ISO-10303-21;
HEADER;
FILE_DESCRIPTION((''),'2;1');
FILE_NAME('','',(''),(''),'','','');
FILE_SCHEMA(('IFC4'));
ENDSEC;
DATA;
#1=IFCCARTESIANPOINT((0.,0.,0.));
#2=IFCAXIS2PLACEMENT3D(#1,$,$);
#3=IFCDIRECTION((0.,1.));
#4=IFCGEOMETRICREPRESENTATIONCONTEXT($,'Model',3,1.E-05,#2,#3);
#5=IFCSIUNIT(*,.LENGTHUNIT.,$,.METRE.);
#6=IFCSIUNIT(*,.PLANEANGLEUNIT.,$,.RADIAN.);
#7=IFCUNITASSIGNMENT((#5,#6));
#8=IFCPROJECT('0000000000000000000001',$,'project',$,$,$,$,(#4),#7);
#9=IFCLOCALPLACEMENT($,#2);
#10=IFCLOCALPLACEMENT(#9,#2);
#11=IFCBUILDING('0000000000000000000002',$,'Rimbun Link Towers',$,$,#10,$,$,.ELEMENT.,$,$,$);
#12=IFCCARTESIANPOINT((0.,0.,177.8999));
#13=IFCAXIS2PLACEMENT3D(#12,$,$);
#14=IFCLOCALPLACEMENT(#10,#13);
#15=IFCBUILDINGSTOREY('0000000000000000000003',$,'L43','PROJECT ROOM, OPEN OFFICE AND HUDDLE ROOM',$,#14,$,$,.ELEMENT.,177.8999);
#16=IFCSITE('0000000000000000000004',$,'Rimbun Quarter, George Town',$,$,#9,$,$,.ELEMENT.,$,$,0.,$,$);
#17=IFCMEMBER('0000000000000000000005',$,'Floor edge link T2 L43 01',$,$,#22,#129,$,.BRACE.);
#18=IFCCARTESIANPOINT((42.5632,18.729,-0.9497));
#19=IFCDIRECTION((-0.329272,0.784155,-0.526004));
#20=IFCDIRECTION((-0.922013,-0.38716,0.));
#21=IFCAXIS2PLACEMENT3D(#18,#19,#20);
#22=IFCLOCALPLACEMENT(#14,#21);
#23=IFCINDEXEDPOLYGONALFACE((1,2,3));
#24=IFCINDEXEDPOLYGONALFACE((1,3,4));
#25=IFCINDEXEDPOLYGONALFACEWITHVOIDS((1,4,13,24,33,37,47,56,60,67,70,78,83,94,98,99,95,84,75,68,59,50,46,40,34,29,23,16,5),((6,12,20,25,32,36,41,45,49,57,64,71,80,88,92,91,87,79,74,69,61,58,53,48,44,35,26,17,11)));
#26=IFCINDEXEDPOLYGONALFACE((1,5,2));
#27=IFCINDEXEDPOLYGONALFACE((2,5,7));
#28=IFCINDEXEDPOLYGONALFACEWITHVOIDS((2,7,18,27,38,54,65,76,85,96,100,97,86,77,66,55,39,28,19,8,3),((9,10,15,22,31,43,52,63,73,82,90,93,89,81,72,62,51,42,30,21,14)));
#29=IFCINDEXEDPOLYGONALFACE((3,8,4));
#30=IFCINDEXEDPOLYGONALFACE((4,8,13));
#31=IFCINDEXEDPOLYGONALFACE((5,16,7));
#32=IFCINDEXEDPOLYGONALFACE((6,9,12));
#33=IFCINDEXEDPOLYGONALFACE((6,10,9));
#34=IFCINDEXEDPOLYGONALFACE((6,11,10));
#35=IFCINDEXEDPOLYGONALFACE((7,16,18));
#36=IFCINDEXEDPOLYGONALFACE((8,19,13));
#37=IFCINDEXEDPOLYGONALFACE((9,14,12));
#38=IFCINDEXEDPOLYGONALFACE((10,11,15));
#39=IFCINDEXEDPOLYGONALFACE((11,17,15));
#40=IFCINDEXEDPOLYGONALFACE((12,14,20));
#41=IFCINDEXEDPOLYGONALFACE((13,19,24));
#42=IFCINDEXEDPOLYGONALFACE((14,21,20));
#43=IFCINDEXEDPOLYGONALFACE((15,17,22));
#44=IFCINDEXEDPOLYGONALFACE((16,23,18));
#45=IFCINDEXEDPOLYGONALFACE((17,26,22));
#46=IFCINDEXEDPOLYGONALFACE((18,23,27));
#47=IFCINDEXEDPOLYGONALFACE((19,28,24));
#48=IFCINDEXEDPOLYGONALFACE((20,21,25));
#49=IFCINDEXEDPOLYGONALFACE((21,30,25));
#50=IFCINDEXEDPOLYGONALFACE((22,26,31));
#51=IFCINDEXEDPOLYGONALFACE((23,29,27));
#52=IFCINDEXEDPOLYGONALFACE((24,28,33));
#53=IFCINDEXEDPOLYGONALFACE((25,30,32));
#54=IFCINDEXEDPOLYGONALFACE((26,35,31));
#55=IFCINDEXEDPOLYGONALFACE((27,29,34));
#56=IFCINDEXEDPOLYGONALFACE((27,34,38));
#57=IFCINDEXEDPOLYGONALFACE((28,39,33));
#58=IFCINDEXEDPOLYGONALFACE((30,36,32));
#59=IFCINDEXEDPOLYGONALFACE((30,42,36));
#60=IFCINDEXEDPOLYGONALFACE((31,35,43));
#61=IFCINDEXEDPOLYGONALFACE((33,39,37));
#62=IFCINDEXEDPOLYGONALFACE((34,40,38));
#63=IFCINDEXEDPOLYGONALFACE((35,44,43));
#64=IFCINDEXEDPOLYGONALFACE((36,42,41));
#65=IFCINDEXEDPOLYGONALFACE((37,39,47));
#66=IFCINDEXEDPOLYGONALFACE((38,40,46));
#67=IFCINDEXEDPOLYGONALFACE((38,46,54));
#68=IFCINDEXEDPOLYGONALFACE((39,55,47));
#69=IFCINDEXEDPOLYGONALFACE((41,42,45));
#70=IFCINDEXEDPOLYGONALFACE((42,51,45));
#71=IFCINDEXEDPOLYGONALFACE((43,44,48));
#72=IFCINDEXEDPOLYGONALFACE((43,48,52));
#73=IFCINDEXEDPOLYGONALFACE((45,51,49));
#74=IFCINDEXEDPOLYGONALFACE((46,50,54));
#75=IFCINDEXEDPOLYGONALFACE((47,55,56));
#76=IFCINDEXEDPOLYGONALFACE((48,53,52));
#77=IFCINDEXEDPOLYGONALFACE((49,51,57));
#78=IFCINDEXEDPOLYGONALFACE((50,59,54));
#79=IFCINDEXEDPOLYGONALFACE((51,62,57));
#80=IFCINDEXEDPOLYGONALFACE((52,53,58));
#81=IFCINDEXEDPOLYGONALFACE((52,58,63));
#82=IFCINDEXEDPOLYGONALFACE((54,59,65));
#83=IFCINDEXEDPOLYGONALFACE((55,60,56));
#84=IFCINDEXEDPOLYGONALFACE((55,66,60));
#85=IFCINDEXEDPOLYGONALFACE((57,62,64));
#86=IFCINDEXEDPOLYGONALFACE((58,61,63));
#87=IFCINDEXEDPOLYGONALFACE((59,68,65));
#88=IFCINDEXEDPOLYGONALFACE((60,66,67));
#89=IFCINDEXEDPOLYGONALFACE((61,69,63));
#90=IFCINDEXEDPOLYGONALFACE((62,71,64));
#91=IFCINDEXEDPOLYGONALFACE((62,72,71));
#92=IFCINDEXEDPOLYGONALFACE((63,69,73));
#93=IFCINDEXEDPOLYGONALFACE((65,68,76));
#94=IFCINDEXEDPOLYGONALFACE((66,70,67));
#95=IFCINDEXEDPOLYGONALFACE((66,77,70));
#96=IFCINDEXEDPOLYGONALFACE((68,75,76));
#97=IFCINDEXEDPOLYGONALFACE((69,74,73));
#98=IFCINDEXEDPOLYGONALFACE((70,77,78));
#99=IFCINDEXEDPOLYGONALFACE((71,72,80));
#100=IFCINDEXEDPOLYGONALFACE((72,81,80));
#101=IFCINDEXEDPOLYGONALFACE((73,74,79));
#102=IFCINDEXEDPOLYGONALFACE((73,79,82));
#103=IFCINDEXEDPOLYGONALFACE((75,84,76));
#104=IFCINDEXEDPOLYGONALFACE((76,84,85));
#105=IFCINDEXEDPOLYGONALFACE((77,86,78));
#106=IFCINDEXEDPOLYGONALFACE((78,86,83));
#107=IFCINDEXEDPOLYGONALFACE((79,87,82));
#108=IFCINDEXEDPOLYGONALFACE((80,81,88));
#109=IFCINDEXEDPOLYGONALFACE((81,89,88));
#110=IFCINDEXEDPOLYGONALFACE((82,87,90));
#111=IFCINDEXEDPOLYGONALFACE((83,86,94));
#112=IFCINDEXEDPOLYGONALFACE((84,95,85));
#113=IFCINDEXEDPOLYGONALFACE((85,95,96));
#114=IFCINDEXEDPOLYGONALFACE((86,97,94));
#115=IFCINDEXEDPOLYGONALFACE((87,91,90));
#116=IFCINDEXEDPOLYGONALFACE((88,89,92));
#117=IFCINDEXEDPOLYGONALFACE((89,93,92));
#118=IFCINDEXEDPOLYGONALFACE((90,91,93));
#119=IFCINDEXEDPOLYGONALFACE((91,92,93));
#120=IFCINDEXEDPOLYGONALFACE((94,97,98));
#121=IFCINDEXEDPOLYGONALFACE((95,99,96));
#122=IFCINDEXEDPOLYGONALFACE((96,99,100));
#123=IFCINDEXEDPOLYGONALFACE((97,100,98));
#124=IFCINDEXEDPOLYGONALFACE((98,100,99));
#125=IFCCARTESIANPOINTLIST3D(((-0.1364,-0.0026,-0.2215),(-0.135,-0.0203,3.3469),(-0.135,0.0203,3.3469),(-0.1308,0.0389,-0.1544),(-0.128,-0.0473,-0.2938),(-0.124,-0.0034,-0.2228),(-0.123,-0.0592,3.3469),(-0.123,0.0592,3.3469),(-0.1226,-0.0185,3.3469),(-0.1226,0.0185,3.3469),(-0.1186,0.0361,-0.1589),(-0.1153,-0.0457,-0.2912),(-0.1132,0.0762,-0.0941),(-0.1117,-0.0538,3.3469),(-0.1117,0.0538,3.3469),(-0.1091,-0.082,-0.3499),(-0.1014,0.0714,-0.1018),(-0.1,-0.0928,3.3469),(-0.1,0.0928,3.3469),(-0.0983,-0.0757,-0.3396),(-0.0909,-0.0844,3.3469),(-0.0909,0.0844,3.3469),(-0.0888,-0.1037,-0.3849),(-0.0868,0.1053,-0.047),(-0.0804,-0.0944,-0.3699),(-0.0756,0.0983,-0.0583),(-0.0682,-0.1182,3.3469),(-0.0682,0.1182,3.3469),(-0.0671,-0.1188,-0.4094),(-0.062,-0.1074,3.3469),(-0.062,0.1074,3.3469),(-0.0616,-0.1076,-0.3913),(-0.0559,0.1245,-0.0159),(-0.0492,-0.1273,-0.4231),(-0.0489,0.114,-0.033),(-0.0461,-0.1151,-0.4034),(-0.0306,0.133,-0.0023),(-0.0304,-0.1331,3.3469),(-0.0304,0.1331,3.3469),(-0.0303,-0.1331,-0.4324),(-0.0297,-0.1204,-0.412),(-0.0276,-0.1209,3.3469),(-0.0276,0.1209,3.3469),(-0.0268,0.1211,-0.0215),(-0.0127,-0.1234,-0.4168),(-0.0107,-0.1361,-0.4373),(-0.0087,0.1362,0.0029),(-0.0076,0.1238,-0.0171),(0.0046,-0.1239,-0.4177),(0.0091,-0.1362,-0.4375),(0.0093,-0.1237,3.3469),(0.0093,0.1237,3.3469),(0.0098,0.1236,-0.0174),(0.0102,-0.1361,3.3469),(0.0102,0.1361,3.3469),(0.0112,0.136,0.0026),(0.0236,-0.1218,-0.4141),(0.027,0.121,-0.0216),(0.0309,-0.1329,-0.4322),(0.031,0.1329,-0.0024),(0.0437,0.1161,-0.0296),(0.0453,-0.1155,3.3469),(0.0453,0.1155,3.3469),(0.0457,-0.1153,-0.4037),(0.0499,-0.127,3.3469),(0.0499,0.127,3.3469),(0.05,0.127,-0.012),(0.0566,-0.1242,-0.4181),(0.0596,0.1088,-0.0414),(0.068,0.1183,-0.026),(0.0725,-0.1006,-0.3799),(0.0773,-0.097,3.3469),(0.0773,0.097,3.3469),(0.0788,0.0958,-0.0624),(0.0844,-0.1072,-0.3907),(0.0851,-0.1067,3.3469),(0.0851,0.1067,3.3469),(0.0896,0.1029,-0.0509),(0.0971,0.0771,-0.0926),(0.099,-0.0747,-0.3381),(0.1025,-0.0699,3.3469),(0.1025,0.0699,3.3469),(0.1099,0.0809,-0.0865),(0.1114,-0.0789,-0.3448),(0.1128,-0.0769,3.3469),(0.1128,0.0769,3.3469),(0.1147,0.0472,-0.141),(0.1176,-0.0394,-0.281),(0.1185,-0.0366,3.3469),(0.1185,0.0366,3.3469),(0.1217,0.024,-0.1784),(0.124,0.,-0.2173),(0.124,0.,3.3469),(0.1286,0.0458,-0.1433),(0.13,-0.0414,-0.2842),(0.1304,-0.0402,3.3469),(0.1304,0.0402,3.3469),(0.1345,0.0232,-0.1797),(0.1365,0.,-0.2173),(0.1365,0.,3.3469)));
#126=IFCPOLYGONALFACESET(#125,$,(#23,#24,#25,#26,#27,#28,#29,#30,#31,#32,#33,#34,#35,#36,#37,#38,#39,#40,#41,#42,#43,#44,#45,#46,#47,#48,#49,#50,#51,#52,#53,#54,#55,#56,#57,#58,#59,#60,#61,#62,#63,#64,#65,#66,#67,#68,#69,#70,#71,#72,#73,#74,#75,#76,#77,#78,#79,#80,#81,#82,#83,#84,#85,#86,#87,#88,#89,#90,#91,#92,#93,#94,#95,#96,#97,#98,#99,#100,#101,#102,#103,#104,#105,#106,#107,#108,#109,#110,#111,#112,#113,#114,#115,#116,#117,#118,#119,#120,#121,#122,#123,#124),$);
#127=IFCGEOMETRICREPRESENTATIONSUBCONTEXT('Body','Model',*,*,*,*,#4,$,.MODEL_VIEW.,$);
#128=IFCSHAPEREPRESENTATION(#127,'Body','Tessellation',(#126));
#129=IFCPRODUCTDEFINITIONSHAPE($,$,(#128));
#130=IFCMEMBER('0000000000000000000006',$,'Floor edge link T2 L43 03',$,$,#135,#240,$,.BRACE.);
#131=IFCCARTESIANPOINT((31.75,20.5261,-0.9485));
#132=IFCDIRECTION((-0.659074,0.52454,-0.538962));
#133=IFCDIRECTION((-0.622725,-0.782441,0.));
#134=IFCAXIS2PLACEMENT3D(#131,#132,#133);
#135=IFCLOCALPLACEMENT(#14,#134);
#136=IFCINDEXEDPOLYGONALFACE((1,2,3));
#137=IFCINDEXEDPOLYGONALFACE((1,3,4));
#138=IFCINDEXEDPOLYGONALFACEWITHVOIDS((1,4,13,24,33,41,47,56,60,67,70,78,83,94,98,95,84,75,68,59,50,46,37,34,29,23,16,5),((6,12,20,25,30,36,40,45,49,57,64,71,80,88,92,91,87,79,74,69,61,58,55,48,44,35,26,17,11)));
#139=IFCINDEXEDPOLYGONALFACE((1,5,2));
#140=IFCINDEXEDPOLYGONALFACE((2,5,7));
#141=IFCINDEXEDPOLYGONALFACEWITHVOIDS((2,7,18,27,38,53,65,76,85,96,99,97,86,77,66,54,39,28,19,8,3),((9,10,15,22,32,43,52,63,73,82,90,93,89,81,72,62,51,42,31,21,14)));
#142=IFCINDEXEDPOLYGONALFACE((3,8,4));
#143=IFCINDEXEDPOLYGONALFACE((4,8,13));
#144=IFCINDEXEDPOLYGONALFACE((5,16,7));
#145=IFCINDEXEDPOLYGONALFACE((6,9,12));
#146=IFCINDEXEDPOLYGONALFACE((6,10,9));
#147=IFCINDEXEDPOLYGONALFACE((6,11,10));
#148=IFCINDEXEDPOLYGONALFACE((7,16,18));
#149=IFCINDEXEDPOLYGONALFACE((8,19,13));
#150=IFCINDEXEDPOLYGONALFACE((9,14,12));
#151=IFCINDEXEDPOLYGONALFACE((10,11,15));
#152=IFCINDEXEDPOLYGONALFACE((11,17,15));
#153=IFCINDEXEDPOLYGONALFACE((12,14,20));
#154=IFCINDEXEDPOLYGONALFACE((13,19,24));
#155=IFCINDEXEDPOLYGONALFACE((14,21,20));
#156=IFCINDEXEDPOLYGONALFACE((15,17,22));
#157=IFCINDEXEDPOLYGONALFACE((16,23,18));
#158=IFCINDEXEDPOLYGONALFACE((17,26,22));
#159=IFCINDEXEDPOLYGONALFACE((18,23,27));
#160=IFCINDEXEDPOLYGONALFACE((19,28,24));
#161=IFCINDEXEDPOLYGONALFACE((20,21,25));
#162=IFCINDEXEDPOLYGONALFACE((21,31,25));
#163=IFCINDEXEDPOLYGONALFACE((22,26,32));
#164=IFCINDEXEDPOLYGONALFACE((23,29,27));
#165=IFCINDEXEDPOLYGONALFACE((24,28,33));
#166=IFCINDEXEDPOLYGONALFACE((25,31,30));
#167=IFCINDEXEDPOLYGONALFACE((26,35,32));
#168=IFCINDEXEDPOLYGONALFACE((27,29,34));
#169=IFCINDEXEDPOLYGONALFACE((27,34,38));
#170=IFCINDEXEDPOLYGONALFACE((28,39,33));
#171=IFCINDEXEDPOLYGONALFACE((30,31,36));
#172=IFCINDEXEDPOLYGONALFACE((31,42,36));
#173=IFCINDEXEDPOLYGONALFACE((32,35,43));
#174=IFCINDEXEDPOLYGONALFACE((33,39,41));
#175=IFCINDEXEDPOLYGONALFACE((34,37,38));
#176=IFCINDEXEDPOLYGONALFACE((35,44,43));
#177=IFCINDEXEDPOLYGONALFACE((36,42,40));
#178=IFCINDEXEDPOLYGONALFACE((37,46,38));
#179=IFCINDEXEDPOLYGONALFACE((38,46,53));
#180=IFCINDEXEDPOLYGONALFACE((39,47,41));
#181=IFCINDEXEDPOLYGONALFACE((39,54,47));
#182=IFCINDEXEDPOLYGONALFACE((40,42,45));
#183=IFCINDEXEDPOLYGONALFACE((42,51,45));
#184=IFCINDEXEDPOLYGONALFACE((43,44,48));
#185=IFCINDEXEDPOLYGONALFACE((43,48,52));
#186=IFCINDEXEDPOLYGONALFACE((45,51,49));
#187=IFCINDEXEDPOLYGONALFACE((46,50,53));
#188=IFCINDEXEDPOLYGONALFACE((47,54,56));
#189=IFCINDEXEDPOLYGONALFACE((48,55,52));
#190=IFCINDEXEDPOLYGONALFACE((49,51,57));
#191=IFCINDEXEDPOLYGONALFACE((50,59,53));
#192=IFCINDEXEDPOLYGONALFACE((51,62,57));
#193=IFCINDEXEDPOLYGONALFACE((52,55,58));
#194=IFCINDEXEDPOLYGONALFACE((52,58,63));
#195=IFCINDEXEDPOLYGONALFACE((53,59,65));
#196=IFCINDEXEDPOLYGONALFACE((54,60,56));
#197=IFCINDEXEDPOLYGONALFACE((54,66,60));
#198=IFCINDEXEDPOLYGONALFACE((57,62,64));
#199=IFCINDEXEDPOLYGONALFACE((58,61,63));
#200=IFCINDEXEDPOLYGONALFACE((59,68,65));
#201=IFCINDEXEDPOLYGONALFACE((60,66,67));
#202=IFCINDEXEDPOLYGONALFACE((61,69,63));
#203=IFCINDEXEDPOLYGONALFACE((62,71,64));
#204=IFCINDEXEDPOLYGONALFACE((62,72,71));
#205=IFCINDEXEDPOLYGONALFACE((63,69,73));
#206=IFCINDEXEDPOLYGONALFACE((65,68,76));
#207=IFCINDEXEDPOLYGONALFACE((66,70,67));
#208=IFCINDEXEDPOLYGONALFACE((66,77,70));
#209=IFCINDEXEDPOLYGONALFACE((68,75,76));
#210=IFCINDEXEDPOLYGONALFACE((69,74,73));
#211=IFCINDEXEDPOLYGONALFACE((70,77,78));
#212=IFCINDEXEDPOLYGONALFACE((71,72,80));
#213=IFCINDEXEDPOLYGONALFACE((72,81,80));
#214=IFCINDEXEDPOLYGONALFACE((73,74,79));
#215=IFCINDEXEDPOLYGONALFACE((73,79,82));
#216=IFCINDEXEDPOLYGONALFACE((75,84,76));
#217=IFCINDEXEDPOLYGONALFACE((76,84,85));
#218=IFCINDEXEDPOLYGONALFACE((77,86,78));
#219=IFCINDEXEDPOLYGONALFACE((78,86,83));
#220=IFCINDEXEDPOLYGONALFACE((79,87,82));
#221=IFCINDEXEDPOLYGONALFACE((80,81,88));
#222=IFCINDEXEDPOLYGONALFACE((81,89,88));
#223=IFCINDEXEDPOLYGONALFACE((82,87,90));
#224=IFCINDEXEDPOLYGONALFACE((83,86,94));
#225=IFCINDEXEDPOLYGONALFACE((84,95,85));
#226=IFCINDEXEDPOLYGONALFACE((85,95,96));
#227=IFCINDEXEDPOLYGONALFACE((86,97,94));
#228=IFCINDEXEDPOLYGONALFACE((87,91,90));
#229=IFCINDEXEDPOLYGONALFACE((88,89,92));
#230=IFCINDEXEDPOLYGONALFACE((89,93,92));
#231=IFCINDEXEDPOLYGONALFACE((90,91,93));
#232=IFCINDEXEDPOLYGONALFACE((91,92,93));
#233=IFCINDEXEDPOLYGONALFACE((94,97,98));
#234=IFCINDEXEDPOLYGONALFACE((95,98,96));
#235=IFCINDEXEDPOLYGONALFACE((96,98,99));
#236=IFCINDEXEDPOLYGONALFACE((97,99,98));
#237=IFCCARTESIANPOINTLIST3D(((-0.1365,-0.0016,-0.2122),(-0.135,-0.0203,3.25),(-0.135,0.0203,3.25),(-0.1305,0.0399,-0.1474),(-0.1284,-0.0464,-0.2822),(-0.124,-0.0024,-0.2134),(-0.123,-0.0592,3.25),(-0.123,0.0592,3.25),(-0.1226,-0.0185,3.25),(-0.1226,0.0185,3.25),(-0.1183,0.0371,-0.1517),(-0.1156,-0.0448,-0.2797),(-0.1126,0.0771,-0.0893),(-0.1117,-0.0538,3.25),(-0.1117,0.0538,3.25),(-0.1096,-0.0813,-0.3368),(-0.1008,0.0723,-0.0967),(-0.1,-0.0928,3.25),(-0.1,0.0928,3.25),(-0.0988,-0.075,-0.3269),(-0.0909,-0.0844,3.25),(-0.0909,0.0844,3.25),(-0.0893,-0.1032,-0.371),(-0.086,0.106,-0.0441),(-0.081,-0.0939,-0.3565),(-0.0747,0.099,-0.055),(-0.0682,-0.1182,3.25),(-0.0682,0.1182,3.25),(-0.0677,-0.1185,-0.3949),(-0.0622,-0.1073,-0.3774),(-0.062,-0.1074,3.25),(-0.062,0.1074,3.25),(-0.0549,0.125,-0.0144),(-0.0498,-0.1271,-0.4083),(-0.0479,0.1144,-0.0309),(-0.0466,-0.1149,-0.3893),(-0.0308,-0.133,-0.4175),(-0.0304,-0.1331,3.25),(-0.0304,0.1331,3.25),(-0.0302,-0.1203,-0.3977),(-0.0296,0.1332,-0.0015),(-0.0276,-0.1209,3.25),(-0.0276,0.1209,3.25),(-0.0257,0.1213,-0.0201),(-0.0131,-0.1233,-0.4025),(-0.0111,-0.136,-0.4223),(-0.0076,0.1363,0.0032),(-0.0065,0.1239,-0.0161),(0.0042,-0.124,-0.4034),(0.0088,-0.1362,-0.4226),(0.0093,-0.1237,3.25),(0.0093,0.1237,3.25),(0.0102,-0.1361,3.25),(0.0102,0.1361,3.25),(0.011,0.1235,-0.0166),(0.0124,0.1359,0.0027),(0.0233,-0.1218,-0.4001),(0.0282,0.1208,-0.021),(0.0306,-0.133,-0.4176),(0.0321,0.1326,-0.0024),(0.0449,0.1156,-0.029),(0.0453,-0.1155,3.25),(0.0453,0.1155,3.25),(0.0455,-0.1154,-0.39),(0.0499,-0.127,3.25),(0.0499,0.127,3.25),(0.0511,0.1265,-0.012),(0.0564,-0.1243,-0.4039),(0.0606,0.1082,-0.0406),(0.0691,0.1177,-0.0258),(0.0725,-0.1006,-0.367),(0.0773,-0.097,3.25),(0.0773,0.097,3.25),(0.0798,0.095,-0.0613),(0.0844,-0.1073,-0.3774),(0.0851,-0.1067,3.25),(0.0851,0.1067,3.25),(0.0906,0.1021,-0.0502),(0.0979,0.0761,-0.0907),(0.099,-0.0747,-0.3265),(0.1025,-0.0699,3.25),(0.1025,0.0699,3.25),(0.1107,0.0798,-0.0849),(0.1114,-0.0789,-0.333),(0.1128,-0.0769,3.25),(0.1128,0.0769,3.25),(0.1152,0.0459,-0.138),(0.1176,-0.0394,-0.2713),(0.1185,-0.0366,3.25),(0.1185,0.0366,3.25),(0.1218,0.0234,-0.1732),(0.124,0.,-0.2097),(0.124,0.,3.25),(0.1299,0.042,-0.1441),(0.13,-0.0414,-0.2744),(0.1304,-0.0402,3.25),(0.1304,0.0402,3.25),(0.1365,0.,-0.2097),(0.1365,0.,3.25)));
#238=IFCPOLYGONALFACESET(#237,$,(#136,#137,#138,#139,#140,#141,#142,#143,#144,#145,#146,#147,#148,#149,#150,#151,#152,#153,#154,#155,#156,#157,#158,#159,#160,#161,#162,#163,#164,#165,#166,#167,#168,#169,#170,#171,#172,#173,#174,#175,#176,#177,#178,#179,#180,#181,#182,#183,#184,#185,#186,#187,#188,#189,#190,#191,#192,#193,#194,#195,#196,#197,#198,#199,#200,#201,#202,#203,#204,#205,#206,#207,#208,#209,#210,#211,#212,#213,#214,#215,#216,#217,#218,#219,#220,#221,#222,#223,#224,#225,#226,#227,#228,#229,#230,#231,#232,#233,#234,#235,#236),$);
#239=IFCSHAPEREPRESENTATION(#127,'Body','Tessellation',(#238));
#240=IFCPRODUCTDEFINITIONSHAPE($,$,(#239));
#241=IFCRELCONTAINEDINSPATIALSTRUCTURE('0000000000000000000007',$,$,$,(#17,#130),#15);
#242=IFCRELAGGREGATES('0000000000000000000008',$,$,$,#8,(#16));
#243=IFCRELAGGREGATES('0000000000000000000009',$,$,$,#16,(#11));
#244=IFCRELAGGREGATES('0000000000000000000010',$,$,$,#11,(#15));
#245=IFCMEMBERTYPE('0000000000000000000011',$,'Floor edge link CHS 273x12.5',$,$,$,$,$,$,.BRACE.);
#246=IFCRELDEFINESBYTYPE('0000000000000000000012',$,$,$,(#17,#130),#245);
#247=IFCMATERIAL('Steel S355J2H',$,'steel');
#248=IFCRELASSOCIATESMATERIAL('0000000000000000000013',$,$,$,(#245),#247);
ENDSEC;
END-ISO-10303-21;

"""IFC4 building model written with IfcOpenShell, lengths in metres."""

from ifc_helpers import new_model, si_unit, direction, frame, origin, origin_2d, place, context, subcontext, project, spatial, hollow_circle, extrude, clip, halfspace, material, material_profile, profile_set, type_object, element, save


model = new_model("IFC4")

# Units and contexts
model_context = context("Model", 3, precision=1e-05, world=origin(), true_north=direction((0.0, 1.0)))
body_context = subcontext(model_context, "Body", "Model", "MODEL_VIEW")
ifc_project = project(units=[si_unit("LENGTHUNIT", "METRE"), si_unit("PLANEANGLEUNIT", "RADIAN")], contexts=[model_context])

# Site, building, storey
site_placement = place(None, origin())
site = spatial("IfcSite", under=ifc_project, at=site_placement, Name="Rimbun Quarter, George Town", CompositionType="ELEMENT", RefElevation=0.0)
building_placement = place(site_placement, origin())
building = spatial("IfcBuilding", under=site, at=building_placement, Name="Rimbun Link Towers", CompositionType="ELEMENT")
storey_placement = place(building_placement, frame((0.0, 0.0, 177.8999)))
storey = spatial("IfcBuildingStorey", under=building, at=storey_placement, Name="L43", Description="PROJECT ROOM, OPEN OFFICE AND HUDDLE ROOM", CompositionType="ELEMENT", Elevation=177.8999)

# Members
ifc_material_1 = material(Name="Steel S355J2H", Category="steel")
ifc_material_profile_1 = material_profile(ifc_material_1, hollow_circle(Radius=0.1365, WallThickness=0.0125, at=origin_2d()), Name="CHS 273x12.5")
ifc_profile_set_1 = profile_set([ifc_material_profile_1], Name="Steel S355J2H")
member_type_1 = type_object("IfcMemberType", Name="Floor edge link CHS 273x12.5", PredefinedType="BRACE", material=ifc_profile_set_1)
member_1_placement = place(storey_placement, frame((42.5632, 18.729, -0.9497), z_axis=(-0.329272, 0.784155, -0.526004), x_axis=(-0.922013, -0.38716, 0.0)))
element("IfcMember", 1, at=member_1_placement, inside=storey, type_object=member_type_1, Name="Floor edge link T2 L43 01", PredefinedType="BRACE", context=body_context, shape_type="Clipping", body=[
    clip(extrude(hollow_circle(Radius=0.1365, WallThickness=0.0125, at=origin_2d()), frame((0.0, 0.0, -0.4604)), (0.0, 0.0, 1.0), 3.8074), halfspace(frame((0.0, 0.0, -0.2173), z_axis=(0.0, 0.850482, -0.526004)), False)),
])
member_2_placement = place(storey_placement, frame((31.75, 20.5261, -0.9485), z_axis=(-0.659074, 0.52454, -0.538962), x_axis=(-0.622725, -0.782441, 0.0)))
element("IfcMember", 2, at=member_2_placement, inside=storey, type_object=member_type_1, Name="Floor edge link T2 L43 03", PredefinedType="BRACE", context=body_context, shape_type="Clipping", body=[
    clip(extrude(hollow_circle(Radius=0.1365, WallThickness=0.0125, at=origin_2d()), frame((0.0, 0.0, -0.4453)), (0.0, 0.0, 1.0), 3.6953), halfspace(frame((0.0, 0.0, -0.2097), z_axis=(0.0, 0.84233, -0.538962)), False)),
])

save(model, "model.ifc")
